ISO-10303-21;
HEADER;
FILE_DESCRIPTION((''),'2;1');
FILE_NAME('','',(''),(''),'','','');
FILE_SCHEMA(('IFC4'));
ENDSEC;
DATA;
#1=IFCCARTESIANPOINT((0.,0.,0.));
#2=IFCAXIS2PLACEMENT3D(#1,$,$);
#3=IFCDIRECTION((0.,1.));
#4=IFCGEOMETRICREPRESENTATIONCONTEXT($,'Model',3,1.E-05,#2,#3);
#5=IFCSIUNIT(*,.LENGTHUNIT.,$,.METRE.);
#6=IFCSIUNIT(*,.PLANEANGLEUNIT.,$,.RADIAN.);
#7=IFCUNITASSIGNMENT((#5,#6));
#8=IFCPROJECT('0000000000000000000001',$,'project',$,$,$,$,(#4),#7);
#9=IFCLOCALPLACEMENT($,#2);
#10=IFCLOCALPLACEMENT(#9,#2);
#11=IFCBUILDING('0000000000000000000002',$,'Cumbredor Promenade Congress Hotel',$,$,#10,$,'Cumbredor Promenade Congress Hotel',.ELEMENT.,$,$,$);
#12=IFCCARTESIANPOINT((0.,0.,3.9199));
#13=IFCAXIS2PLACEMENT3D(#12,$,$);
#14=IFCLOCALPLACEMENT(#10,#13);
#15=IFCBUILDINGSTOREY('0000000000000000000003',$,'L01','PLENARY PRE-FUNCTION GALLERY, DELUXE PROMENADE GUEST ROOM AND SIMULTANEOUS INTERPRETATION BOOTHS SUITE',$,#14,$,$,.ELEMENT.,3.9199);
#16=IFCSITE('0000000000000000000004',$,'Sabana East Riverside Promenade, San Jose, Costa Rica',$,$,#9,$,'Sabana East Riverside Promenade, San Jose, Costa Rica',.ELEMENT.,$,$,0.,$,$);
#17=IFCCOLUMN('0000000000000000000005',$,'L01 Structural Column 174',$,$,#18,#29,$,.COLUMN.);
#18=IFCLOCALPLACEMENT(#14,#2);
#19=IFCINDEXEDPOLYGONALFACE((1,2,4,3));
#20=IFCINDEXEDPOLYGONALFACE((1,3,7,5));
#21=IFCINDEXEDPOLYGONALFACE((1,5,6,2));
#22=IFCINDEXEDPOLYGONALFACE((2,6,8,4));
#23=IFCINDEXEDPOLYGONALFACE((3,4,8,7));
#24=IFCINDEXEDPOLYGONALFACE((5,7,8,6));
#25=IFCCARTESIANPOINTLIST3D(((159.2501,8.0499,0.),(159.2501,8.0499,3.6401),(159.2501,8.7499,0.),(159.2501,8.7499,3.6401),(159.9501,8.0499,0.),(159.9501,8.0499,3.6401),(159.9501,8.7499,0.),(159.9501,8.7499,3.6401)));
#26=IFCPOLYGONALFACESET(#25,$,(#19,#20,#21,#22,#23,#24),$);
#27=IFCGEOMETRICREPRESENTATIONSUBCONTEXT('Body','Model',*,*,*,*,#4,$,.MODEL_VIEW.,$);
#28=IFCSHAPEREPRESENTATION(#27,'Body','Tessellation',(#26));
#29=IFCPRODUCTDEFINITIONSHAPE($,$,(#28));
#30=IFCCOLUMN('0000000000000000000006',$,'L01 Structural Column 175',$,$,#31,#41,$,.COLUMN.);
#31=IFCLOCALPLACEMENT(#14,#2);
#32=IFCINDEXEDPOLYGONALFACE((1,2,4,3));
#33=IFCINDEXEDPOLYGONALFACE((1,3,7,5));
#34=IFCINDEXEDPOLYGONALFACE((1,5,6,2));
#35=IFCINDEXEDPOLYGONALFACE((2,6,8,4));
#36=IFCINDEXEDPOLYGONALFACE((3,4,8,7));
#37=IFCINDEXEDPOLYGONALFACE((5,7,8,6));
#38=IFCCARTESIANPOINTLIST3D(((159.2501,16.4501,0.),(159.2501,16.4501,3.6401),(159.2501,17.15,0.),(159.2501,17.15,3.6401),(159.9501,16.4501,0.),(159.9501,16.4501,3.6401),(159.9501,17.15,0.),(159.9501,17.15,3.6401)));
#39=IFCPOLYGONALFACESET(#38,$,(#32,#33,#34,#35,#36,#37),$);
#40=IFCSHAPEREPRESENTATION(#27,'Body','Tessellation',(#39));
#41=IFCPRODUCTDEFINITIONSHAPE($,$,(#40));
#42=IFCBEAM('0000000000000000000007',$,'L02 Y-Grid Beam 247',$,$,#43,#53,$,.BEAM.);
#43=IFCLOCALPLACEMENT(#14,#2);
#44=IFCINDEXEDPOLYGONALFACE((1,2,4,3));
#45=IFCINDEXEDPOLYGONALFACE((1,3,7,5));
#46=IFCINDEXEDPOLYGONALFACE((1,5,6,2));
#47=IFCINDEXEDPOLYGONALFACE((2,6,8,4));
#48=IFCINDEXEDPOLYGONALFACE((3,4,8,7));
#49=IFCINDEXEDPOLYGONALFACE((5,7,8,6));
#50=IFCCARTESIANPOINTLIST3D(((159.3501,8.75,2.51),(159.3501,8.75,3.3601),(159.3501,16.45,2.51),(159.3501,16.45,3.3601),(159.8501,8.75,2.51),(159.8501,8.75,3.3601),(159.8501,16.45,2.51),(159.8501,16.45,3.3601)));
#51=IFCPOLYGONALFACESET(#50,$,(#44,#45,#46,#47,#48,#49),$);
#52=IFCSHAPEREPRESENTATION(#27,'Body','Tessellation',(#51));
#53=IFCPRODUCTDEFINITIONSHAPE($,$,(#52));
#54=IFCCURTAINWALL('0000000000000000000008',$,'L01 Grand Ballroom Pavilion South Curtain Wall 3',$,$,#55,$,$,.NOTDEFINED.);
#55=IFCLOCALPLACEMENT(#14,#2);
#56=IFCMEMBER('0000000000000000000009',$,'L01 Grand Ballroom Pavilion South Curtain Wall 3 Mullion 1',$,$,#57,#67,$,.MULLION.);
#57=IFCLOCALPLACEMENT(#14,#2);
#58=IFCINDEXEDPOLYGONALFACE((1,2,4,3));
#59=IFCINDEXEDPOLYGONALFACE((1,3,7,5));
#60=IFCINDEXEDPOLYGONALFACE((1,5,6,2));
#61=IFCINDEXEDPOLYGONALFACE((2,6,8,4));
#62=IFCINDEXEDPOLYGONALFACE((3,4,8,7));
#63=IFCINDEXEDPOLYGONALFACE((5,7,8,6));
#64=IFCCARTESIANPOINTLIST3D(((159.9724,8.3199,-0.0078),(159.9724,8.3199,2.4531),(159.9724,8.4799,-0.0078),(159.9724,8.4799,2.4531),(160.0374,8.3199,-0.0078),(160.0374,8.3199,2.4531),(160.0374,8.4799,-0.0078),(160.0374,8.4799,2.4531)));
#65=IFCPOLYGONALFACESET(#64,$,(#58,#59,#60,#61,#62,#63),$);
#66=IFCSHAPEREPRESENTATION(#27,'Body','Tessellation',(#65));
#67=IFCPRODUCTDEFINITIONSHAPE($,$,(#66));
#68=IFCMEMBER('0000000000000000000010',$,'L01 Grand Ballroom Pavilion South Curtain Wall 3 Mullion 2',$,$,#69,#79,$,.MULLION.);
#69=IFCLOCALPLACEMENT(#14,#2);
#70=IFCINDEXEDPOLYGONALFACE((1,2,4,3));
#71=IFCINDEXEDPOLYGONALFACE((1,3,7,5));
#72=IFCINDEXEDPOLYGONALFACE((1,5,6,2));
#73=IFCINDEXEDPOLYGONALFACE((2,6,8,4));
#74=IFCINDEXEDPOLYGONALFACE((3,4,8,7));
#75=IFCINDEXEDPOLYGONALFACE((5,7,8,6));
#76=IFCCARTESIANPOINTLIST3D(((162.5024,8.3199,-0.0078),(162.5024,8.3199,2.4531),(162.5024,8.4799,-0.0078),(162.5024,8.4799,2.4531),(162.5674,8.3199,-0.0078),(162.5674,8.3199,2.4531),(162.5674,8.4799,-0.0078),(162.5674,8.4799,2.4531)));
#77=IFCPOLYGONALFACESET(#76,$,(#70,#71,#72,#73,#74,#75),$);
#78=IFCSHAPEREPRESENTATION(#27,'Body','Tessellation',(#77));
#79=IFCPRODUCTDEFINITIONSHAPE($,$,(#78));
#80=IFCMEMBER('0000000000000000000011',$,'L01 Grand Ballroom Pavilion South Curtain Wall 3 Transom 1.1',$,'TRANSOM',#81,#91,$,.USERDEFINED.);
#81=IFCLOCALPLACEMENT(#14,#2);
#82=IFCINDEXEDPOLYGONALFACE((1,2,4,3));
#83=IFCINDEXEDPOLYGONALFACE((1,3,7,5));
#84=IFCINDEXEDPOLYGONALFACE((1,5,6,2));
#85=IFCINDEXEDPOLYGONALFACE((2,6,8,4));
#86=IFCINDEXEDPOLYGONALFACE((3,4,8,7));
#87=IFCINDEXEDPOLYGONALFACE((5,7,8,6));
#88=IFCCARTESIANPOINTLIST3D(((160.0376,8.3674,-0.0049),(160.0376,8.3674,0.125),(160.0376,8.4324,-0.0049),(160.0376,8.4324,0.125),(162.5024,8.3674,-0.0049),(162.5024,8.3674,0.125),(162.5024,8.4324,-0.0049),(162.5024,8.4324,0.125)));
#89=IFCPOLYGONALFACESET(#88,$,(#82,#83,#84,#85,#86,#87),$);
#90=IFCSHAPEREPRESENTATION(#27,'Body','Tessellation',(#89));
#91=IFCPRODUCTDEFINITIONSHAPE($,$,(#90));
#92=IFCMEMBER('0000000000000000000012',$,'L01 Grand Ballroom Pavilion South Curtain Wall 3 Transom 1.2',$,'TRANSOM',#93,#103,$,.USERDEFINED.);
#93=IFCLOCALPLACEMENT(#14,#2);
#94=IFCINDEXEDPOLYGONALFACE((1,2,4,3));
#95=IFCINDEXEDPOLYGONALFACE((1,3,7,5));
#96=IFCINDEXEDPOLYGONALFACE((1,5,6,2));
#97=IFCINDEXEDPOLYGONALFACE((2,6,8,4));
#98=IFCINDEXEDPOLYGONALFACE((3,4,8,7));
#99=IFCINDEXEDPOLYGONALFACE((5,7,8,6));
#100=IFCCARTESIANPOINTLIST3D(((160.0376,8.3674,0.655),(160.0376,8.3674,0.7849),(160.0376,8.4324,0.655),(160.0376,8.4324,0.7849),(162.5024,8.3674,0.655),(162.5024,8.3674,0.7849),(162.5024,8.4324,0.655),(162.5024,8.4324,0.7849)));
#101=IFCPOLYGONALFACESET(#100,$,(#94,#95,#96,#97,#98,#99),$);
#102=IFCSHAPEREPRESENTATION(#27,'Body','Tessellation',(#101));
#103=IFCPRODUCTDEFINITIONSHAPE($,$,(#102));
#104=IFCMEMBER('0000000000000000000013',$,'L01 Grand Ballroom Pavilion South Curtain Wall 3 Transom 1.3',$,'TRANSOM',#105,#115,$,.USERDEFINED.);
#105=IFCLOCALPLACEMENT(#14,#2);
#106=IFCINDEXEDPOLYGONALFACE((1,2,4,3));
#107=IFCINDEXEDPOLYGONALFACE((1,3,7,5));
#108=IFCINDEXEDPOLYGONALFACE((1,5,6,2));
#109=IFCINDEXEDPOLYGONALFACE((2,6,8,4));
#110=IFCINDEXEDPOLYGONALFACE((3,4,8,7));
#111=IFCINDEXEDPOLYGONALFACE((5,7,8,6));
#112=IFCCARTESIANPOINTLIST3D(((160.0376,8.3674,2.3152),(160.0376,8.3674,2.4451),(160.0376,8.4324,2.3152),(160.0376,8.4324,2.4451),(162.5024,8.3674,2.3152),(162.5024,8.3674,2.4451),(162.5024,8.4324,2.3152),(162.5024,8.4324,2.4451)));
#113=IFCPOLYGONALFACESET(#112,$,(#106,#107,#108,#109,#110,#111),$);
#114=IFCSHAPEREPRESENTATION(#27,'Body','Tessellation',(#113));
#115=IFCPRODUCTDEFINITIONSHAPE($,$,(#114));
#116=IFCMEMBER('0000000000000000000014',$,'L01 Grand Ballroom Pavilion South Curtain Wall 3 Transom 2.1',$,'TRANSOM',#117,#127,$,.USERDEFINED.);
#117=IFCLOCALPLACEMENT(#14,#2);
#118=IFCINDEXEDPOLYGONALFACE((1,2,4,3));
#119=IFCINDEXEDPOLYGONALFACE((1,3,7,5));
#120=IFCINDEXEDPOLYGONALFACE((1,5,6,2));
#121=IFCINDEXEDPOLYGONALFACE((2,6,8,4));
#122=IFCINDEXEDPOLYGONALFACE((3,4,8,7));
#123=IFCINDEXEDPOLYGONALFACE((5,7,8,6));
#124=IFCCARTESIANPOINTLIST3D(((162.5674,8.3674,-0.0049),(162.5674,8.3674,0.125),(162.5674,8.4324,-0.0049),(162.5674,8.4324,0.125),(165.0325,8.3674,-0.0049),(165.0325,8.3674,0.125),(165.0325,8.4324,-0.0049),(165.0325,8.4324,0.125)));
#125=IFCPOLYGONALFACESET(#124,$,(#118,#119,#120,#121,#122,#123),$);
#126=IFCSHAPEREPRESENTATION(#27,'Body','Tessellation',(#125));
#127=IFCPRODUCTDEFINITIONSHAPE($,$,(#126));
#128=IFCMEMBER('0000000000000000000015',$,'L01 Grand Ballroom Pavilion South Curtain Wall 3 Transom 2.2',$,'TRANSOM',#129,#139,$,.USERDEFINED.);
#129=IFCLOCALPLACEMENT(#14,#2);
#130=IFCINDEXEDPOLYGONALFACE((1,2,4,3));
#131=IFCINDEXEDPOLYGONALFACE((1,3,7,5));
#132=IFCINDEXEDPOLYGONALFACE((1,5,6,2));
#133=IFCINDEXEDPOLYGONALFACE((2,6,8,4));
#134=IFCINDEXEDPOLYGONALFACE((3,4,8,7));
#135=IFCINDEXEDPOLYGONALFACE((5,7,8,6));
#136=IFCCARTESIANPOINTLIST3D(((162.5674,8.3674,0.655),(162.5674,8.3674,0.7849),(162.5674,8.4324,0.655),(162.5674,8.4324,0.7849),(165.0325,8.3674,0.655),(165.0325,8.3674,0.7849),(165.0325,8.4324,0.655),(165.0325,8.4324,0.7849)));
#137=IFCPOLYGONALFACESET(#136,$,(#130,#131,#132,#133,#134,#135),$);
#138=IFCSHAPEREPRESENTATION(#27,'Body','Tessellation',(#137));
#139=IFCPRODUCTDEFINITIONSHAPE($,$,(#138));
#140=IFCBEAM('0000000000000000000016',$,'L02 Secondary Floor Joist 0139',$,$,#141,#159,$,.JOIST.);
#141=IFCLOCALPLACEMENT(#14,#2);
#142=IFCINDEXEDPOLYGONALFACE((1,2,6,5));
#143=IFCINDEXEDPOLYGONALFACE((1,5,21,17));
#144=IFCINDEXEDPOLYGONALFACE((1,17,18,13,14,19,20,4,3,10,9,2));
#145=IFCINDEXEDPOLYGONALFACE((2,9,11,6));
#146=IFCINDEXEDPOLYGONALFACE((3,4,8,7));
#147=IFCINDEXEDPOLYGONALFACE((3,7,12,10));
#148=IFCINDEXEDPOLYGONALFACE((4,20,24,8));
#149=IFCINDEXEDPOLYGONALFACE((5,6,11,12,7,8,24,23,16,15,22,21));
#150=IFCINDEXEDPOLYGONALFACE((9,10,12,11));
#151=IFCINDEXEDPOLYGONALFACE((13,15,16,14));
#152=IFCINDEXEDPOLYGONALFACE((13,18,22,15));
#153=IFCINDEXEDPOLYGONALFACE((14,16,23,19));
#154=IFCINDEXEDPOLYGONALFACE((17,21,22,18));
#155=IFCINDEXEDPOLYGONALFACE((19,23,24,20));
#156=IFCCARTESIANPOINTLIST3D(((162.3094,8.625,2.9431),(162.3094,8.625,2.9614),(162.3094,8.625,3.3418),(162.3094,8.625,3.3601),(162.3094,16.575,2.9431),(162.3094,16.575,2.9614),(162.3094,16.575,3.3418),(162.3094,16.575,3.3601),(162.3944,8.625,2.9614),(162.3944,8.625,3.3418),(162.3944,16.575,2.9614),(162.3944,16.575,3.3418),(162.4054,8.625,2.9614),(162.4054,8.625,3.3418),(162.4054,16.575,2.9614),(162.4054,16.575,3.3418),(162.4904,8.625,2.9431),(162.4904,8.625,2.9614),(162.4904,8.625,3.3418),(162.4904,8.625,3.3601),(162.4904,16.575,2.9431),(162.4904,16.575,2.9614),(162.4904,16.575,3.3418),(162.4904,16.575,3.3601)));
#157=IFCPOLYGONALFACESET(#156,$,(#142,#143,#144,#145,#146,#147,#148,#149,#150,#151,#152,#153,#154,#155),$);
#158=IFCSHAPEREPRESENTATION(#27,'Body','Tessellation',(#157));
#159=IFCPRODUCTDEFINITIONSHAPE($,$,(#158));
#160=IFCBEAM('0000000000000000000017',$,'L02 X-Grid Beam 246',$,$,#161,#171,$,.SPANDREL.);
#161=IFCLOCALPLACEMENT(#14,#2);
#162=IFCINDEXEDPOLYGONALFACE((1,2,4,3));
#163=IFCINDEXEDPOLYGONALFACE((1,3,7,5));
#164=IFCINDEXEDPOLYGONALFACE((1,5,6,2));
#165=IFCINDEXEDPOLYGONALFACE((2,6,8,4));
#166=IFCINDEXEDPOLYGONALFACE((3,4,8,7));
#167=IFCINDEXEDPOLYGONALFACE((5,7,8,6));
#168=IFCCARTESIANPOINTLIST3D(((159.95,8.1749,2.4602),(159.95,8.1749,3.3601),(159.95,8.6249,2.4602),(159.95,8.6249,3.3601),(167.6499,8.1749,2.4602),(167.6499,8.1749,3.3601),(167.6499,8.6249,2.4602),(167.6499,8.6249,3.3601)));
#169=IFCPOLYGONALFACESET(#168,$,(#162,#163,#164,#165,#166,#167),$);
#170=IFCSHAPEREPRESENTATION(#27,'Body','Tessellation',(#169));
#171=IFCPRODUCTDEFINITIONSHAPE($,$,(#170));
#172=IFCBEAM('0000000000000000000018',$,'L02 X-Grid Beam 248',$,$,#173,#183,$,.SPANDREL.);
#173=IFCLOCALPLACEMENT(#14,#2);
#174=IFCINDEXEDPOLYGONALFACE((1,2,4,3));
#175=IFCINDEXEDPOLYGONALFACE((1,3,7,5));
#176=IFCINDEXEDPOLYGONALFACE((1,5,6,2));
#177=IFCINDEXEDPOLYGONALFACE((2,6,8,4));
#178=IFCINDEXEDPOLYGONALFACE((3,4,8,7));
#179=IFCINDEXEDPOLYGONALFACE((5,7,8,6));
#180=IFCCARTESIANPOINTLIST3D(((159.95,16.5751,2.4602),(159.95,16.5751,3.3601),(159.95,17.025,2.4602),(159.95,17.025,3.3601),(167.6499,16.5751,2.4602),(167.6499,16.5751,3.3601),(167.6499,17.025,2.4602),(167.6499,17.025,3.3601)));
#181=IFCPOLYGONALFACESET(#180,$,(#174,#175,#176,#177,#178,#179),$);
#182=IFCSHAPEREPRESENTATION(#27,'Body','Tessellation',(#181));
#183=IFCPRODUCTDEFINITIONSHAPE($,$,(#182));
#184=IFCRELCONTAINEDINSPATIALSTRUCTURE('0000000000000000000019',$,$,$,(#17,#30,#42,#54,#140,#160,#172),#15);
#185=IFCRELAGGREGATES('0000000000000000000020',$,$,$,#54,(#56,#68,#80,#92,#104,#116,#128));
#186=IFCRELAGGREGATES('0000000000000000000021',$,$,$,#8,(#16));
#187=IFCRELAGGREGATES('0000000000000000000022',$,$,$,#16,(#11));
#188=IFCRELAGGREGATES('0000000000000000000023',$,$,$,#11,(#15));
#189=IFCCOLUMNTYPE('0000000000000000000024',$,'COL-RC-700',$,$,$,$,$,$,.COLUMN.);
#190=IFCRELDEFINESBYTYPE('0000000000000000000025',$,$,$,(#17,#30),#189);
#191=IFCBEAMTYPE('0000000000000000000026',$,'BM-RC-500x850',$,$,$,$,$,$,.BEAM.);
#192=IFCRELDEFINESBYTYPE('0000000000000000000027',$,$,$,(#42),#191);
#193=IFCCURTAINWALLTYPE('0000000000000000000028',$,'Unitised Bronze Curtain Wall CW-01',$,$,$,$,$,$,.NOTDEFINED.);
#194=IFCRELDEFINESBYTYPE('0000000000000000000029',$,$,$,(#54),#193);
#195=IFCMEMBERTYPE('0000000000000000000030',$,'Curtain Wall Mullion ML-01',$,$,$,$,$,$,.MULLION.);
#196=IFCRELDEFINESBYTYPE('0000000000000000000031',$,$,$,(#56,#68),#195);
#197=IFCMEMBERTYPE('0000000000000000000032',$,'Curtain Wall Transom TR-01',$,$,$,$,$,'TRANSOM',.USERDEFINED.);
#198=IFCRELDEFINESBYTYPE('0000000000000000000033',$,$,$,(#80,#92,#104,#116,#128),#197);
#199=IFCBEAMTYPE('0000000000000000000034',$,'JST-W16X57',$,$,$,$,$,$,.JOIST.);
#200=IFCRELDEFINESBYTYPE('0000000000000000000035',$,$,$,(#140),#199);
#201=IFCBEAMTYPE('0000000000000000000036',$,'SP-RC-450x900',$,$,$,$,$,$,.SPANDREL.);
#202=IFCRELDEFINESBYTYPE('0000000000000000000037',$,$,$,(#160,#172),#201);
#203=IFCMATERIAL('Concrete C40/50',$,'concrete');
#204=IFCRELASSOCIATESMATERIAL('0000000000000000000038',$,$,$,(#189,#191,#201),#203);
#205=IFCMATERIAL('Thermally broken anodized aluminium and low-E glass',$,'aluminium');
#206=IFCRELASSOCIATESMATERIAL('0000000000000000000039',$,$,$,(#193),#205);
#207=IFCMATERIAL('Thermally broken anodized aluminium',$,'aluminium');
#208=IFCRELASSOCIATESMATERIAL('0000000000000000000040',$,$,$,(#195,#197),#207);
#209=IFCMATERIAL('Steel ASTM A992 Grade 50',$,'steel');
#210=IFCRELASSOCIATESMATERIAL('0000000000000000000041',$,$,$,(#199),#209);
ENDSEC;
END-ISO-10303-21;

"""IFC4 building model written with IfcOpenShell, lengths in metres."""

from ifc_helpers import new_model, si_unit, direction, frame, origin, origin_2d, place, context, subcontext, project, spatial, rectangle, i_section, extrude, material, material_profile, profile_set, type_object, element, aggregate, save


model = new_model("IFC4")

# Units and contexts
model_context = context("Model", 3, precision=1e-05, world=origin(), true_north=direction((0.0, 1.0)))
body_context = subcontext(model_context, "Body", "Model", "MODEL_VIEW")
ifc_project = project(units=[si_unit("LENGTHUNIT", "METRE"), si_unit("PLANEANGLEUNIT", "RADIAN")], contexts=[model_context])

# Site, building, storey
site_placement = place(None, origin())
site = spatial("IfcSite", under=ifc_project, at=site_placement, Name="Sabana East Riverside Promenade, San Jose, Costa Rica", LongName="Sabana East Riverside Promenade, San Jose, Costa Rica", CompositionType="ELEMENT", RefElevation=0.0)
building_placement = place(site_placement, origin())
building = spatial("IfcBuilding", under=site, at=building_placement, Name="Cumbredor Promenade Congress Hotel", LongName="Cumbredor Promenade Congress Hotel", CompositionType="ELEMENT")
storey_placement = place(building_placement, frame((0.0, 0.0, 3.9199)))
storey = spatial("IfcBuildingStorey", under=building, at=storey_placement, Name="L01", Description="PLENARY PRE-FUNCTION GALLERY, DELUXE PROMENADE GUEST ROOM AND SIMULTANEOUS INTERPRETATION BOOTHS SUITE", CompositionType="ELEMENT", Elevation=3.9199)

# Columns
ifc_material_1 = material(Name="Concrete C40/50", Category="concrete")
ifc_material_profile_1 = material_profile(ifc_material_1, rectangle(XDim=0.7, YDim=0.7, at=origin_2d()), Name="RC 700x700")
ifc_profile_set_1 = profile_set([ifc_material_profile_1], Name="Concrete C40/50")
column_type = type_object("IfcColumnType", Name="COL-RC-700", PredefinedType="COLUMN", material=ifc_profile_set_1)
for number, where, z_axis, x_axis, name in (
    (1, (159.6001, 8.3999, 0.0), (0.0, 0.0, 1.0), (1.0, 0.0, 0.0), "L01 Structural Column 174"),
    (2, (159.6001, 16.8, 0.0), (0.0, 0.0, 1.0), (1.0, 0.0, 0.0), "L01 Structural Column 175"),
):
    element("IfcColumn", number, at=place(storey_placement, frame(where, z_axis=z_axis, x_axis=x_axis)), inside=storey, type_object=column_type, Name=name, PredefinedType="COLUMN", context=body_context, shape_type="SweptSolid", body=[
        extrude(rectangle(XDim=0.7, YDim=0.7, at=origin_2d()), origin(), (0.0, 0.0, 1.0), 3.6401),
    ])

# Beam
ifc_material_profile_2 = material_profile(ifc_material_1, rectangle(XDim=0.5, YDim=0.8501, at=origin_2d()), Name="RC BEAM 500x850")
ifc_profile_set_2 = profile_set([ifc_material_profile_2], Name="Concrete C40/50")
beam_type_1 = type_object("IfcBeamType", Name="BM-RC-500x850", PredefinedType="BEAM", material=ifc_profile_set_2)
beam_1_placement = place(storey_placement, frame((159.6001, 8.75, 2.9351), z_axis=(0.0, 1.0, 0.0), x_axis=(-1.0, 0.0, 0.0)))
element("IfcBeam", 3, at=beam_1_placement, inside=storey, type_object=beam_type_1, Name="L02 Y-Grid Beam 247", PredefinedType="BEAM", context=body_context, shape_type="SweptSolid", body=[
    extrude(rectangle(XDim=0.5, YDim=0.8501, at=origin_2d()), origin(), (0.0, 0.0, 1.0), 7.7),
])

# Curtain wall, members
ifc_material_2 = material(Name="Thermally broken anodized aluminium and low-E glass", Category="aluminium")
curtain_wall_type = type_object("IfcCurtainWallType", Name="Unitised Bronze Curtain Wall CW-01", PredefinedType="NOTDEFINED", material=ifc_material_2)
curtain_wall_placement = place(storey_placement, origin())
curtain_wall = element("IfcCurtainWall", 4, at=curtain_wall_placement, inside=storey, type_object=curtain_wall_type, Name="L01 Grand Ballroom Pavilion South Curtain Wall 3", PredefinedType="NOTDEFINED")
ifc_material_3 = material(Name="Thermally broken anodized aluminium", Category="aluminium")
ifc_material_profile_3 = material_profile(ifc_material_3, rectangle(XDim=0.0649, YDim=0.1599, at=origin_2d()), Name="ALU MULLION 65x160")
ifc_profile_set_3 = profile_set([ifc_material_profile_3], Name="Thermally broken anodized aluminium")
member_type_1 = type_object("IfcMemberType", Name="Curtain Wall Mullion ML-01", PredefinedType="MULLION", material=ifc_profile_set_3)
member_1_placement = place(storey_placement, frame((160.0049, 8.3999, -0.0078), z_axis=(0.0, 0.0, 1.0), x_axis=(1.0, 0.0, 0.0)))
member_1 = element("IfcMember", 5, at=member_1_placement, type_object=member_type_1, Name="L01 Grand Ballroom Pavilion South Curtain Wall 3 Mullion 1", PredefinedType="MULLION", context=body_context, shape_type="SweptSolid", body=[
    extrude(rectangle(XDim=0.0649, YDim=0.1599, at=origin_2d()), origin(), (0.0, 0.0, 1.0), 2.4609),
])
member_2_placement = place(storey_placement, frame((162.5349, 8.3999, -0.0078), z_axis=(0.0, 0.0, 1.0), x_axis=(1.0, 0.0, 0.0)))
member_2 = element("IfcMember", 6, at=member_2_placement, type_object=member_type_1, Name="L01 Grand Ballroom Pavilion South Curtain Wall 3 Mullion 2", PredefinedType="MULLION", context=body_context, shape_type="SweptSolid", body=[
    extrude(rectangle(XDim=0.0649, YDim=0.1599, at=origin_2d()), origin(), (0.0, 0.0, 1.0), 2.4609),
])
ifc_material_profile_4 = material_profile(ifc_material_3, rectangle(XDim=0.0649, YDim=0.1299, at=origin_2d()), Name="ALU TRANSOM 65x130")
ifc_profile_set_4 = profile_set([ifc_material_profile_4], Name="Thermally broken anodized aluminium")
member_type_2 = type_object("IfcMemberType", Name="Curtain Wall Transom TR-01", ElementType="TRANSOM", PredefinedType="USERDEFINED", material=ifc_profile_set_4)
member_3_placement = place(storey_placement, frame((160.0376, 8.3999, 0.0601), z_axis=(1.0, 0.0, 0.0), x_axis=(0.0, 1.0, 0.0)))
member_3 = element("IfcMember", 7, at=member_3_placement, type_object=member_type_2, Name="L01 Grand Ballroom Pavilion South Curtain Wall 3 Transom 1.1", ObjectType="TRANSOM", PredefinedType="USERDEFINED", context=body_context, shape_type="SweptSolid", body=[
    extrude(rectangle(XDim=0.0649, YDim=0.1299, at=origin_2d()), origin(), (0.0, 0.0, 1.0), 2.4648),
])
member_4_placement = place(storey_placement, frame((160.0376, 8.3999, 0.72), z_axis=(1.0, 0.0, 0.0), x_axis=(0.0, 1.0, 0.0)))
member_4 = element("IfcMember", 8, at=member_4_placement, type_object=member_type_2, Name="L01 Grand Ballroom Pavilion South Curtain Wall 3 Transom 1.2", ObjectType="TRANSOM", PredefinedType="USERDEFINED", context=body_context, shape_type="SweptSolid", body=[
    extrude(rectangle(XDim=0.0649, YDim=0.1299, at=origin_2d()), origin(), (0.0, 0.0, 1.0), 2.4648),
])
member_5_placement = place(storey_placement, frame((160.0376, 8.3999, 2.3801), z_axis=(1.0, 0.0, 0.0), x_axis=(0.0, 1.0, 0.0)))
member_5 = element("IfcMember", 9, at=member_5_placement, type_object=member_type_2, Name="L01 Grand Ballroom Pavilion South Curtain Wall 3 Transom 1.3", ObjectType="TRANSOM", PredefinedType="USERDEFINED", context=body_context, shape_type="SweptSolid", body=[
    extrude(rectangle(XDim=0.0649, YDim=0.1299, at=origin_2d()), origin(), (0.0, 0.0, 1.0), 2.4648),
])
member_6_placement = place(storey_placement, frame((162.5674, 8.3999, 0.0601), z_axis=(1.0, 0.0, 0.0), x_axis=(0.0, 1.0, 0.0)))
member_6 = element("IfcMember", 10, at=member_6_placement, type_object=member_type_2, Name="L01 Grand Ballroom Pavilion South Curtain Wall 3 Transom 2.1", ObjectType="TRANSOM", PredefinedType="USERDEFINED", context=body_context, shape_type="SweptSolid", body=[
    extrude(rectangle(XDim=0.0649, YDim=0.1299, at=origin_2d()), origin(), (0.0, 0.0, 1.0), 2.4651),
])
member_7_placement = place(storey_placement, frame((162.5674, 8.3999, 0.72), z_axis=(1.0, 0.0, 0.0), x_axis=(0.0, 1.0, 0.0)))
member_7 = element("IfcMember", 11, at=member_7_placement, type_object=member_type_2, Name="L01 Grand Ballroom Pavilion South Curtain Wall 3 Transom 2.2", ObjectType="TRANSOM", PredefinedType="USERDEFINED", context=body_context, shape_type="SweptSolid", body=[
    extrude(rectangle(XDim=0.0649, YDim=0.1299, at=origin_2d()), origin(), (0.0, 0.0, 1.0), 2.4651),
])

# Beams
ifc_material_4 = material(Name="Steel ASTM A992 Grade 50", Category="steel")
ifc_material_profile_5 = material_profile(ifc_material_4, i_section(OverallWidth=0.1809, OverallDepth=0.417, WebThickness=0.011, FlangeThickness=0.0183, at=origin_2d()), Name="W16X57")
ifc_profile_set_5 = profile_set([ifc_material_profile_5], Name="Steel ASTM A992 Grade 50")
beam_type_2 = type_object("IfcBeamType", Name="JST-W16X57", PredefinedType="JOIST", material=ifc_profile_set_5)
beam_2_placement = place(storey_placement, frame((162.3999, 8.625, 3.1516), z_axis=(0.0, 1.0, 0.0), x_axis=(-1.0, 0.0, 0.0)))
element("IfcBeam", 12, at=beam_2_placement, inside=storey, type_object=beam_type_2, Name="L02 Secondary Floor Joist 0139", PredefinedType="JOIST", context=body_context, shape_type="SweptSolid", body=[
    extrude(i_section(OverallWidth=0.1809, OverallDepth=0.417, WebThickness=0.011, FlangeThickness=0.0183, at=origin_2d()), origin(), (0.0, 0.0, 1.0), 7.95),
])
ifc_material_profile_6 = material_profile(ifc_material_1, rectangle(XDim=0.45, YDim=0.8999, at=origin_2d()), Name="RC SPANDREL 450x900")
ifc_profile_set_6 = profile_set([ifc_material_profile_6], Name="Concrete C40/50")
beam_type_3 = type_object("IfcBeamType", Name="SP-RC-450x900", PredefinedType="SPANDREL", material=ifc_profile_set_6)
for number, where, z_axis, x_axis, name in (
    (13, (159.95, 8.3999, 2.9102), (1.0, 0.0, 0.0), (0.0, 1.0, 0.0), "L02 X-Grid Beam 246"),
    (14, (159.95, 16.8, 2.9102), (1.0, 0.0, 0.0), (0.0, 1.0, 0.0), "L02 X-Grid Beam 248"),
):
    element("IfcBeam", number, at=place(storey_placement, frame(where, z_axis=z_axis, x_axis=x_axis)), inside=storey, type_object=beam_type_3, Name=name, PredefinedType="SPANDREL", context=body_context, shape_type="SweptSolid", body=[
        extrude(rectangle(XDim=0.45, YDim=0.8999, at=origin_2d()), origin(), (0.0, 0.0, 1.0), 7.7),
    ])

aggregate(curtain_wall, [member_1, member_2, member_3, member_4, member_5, member_6, member_7])

save(model, "model.ifc")
